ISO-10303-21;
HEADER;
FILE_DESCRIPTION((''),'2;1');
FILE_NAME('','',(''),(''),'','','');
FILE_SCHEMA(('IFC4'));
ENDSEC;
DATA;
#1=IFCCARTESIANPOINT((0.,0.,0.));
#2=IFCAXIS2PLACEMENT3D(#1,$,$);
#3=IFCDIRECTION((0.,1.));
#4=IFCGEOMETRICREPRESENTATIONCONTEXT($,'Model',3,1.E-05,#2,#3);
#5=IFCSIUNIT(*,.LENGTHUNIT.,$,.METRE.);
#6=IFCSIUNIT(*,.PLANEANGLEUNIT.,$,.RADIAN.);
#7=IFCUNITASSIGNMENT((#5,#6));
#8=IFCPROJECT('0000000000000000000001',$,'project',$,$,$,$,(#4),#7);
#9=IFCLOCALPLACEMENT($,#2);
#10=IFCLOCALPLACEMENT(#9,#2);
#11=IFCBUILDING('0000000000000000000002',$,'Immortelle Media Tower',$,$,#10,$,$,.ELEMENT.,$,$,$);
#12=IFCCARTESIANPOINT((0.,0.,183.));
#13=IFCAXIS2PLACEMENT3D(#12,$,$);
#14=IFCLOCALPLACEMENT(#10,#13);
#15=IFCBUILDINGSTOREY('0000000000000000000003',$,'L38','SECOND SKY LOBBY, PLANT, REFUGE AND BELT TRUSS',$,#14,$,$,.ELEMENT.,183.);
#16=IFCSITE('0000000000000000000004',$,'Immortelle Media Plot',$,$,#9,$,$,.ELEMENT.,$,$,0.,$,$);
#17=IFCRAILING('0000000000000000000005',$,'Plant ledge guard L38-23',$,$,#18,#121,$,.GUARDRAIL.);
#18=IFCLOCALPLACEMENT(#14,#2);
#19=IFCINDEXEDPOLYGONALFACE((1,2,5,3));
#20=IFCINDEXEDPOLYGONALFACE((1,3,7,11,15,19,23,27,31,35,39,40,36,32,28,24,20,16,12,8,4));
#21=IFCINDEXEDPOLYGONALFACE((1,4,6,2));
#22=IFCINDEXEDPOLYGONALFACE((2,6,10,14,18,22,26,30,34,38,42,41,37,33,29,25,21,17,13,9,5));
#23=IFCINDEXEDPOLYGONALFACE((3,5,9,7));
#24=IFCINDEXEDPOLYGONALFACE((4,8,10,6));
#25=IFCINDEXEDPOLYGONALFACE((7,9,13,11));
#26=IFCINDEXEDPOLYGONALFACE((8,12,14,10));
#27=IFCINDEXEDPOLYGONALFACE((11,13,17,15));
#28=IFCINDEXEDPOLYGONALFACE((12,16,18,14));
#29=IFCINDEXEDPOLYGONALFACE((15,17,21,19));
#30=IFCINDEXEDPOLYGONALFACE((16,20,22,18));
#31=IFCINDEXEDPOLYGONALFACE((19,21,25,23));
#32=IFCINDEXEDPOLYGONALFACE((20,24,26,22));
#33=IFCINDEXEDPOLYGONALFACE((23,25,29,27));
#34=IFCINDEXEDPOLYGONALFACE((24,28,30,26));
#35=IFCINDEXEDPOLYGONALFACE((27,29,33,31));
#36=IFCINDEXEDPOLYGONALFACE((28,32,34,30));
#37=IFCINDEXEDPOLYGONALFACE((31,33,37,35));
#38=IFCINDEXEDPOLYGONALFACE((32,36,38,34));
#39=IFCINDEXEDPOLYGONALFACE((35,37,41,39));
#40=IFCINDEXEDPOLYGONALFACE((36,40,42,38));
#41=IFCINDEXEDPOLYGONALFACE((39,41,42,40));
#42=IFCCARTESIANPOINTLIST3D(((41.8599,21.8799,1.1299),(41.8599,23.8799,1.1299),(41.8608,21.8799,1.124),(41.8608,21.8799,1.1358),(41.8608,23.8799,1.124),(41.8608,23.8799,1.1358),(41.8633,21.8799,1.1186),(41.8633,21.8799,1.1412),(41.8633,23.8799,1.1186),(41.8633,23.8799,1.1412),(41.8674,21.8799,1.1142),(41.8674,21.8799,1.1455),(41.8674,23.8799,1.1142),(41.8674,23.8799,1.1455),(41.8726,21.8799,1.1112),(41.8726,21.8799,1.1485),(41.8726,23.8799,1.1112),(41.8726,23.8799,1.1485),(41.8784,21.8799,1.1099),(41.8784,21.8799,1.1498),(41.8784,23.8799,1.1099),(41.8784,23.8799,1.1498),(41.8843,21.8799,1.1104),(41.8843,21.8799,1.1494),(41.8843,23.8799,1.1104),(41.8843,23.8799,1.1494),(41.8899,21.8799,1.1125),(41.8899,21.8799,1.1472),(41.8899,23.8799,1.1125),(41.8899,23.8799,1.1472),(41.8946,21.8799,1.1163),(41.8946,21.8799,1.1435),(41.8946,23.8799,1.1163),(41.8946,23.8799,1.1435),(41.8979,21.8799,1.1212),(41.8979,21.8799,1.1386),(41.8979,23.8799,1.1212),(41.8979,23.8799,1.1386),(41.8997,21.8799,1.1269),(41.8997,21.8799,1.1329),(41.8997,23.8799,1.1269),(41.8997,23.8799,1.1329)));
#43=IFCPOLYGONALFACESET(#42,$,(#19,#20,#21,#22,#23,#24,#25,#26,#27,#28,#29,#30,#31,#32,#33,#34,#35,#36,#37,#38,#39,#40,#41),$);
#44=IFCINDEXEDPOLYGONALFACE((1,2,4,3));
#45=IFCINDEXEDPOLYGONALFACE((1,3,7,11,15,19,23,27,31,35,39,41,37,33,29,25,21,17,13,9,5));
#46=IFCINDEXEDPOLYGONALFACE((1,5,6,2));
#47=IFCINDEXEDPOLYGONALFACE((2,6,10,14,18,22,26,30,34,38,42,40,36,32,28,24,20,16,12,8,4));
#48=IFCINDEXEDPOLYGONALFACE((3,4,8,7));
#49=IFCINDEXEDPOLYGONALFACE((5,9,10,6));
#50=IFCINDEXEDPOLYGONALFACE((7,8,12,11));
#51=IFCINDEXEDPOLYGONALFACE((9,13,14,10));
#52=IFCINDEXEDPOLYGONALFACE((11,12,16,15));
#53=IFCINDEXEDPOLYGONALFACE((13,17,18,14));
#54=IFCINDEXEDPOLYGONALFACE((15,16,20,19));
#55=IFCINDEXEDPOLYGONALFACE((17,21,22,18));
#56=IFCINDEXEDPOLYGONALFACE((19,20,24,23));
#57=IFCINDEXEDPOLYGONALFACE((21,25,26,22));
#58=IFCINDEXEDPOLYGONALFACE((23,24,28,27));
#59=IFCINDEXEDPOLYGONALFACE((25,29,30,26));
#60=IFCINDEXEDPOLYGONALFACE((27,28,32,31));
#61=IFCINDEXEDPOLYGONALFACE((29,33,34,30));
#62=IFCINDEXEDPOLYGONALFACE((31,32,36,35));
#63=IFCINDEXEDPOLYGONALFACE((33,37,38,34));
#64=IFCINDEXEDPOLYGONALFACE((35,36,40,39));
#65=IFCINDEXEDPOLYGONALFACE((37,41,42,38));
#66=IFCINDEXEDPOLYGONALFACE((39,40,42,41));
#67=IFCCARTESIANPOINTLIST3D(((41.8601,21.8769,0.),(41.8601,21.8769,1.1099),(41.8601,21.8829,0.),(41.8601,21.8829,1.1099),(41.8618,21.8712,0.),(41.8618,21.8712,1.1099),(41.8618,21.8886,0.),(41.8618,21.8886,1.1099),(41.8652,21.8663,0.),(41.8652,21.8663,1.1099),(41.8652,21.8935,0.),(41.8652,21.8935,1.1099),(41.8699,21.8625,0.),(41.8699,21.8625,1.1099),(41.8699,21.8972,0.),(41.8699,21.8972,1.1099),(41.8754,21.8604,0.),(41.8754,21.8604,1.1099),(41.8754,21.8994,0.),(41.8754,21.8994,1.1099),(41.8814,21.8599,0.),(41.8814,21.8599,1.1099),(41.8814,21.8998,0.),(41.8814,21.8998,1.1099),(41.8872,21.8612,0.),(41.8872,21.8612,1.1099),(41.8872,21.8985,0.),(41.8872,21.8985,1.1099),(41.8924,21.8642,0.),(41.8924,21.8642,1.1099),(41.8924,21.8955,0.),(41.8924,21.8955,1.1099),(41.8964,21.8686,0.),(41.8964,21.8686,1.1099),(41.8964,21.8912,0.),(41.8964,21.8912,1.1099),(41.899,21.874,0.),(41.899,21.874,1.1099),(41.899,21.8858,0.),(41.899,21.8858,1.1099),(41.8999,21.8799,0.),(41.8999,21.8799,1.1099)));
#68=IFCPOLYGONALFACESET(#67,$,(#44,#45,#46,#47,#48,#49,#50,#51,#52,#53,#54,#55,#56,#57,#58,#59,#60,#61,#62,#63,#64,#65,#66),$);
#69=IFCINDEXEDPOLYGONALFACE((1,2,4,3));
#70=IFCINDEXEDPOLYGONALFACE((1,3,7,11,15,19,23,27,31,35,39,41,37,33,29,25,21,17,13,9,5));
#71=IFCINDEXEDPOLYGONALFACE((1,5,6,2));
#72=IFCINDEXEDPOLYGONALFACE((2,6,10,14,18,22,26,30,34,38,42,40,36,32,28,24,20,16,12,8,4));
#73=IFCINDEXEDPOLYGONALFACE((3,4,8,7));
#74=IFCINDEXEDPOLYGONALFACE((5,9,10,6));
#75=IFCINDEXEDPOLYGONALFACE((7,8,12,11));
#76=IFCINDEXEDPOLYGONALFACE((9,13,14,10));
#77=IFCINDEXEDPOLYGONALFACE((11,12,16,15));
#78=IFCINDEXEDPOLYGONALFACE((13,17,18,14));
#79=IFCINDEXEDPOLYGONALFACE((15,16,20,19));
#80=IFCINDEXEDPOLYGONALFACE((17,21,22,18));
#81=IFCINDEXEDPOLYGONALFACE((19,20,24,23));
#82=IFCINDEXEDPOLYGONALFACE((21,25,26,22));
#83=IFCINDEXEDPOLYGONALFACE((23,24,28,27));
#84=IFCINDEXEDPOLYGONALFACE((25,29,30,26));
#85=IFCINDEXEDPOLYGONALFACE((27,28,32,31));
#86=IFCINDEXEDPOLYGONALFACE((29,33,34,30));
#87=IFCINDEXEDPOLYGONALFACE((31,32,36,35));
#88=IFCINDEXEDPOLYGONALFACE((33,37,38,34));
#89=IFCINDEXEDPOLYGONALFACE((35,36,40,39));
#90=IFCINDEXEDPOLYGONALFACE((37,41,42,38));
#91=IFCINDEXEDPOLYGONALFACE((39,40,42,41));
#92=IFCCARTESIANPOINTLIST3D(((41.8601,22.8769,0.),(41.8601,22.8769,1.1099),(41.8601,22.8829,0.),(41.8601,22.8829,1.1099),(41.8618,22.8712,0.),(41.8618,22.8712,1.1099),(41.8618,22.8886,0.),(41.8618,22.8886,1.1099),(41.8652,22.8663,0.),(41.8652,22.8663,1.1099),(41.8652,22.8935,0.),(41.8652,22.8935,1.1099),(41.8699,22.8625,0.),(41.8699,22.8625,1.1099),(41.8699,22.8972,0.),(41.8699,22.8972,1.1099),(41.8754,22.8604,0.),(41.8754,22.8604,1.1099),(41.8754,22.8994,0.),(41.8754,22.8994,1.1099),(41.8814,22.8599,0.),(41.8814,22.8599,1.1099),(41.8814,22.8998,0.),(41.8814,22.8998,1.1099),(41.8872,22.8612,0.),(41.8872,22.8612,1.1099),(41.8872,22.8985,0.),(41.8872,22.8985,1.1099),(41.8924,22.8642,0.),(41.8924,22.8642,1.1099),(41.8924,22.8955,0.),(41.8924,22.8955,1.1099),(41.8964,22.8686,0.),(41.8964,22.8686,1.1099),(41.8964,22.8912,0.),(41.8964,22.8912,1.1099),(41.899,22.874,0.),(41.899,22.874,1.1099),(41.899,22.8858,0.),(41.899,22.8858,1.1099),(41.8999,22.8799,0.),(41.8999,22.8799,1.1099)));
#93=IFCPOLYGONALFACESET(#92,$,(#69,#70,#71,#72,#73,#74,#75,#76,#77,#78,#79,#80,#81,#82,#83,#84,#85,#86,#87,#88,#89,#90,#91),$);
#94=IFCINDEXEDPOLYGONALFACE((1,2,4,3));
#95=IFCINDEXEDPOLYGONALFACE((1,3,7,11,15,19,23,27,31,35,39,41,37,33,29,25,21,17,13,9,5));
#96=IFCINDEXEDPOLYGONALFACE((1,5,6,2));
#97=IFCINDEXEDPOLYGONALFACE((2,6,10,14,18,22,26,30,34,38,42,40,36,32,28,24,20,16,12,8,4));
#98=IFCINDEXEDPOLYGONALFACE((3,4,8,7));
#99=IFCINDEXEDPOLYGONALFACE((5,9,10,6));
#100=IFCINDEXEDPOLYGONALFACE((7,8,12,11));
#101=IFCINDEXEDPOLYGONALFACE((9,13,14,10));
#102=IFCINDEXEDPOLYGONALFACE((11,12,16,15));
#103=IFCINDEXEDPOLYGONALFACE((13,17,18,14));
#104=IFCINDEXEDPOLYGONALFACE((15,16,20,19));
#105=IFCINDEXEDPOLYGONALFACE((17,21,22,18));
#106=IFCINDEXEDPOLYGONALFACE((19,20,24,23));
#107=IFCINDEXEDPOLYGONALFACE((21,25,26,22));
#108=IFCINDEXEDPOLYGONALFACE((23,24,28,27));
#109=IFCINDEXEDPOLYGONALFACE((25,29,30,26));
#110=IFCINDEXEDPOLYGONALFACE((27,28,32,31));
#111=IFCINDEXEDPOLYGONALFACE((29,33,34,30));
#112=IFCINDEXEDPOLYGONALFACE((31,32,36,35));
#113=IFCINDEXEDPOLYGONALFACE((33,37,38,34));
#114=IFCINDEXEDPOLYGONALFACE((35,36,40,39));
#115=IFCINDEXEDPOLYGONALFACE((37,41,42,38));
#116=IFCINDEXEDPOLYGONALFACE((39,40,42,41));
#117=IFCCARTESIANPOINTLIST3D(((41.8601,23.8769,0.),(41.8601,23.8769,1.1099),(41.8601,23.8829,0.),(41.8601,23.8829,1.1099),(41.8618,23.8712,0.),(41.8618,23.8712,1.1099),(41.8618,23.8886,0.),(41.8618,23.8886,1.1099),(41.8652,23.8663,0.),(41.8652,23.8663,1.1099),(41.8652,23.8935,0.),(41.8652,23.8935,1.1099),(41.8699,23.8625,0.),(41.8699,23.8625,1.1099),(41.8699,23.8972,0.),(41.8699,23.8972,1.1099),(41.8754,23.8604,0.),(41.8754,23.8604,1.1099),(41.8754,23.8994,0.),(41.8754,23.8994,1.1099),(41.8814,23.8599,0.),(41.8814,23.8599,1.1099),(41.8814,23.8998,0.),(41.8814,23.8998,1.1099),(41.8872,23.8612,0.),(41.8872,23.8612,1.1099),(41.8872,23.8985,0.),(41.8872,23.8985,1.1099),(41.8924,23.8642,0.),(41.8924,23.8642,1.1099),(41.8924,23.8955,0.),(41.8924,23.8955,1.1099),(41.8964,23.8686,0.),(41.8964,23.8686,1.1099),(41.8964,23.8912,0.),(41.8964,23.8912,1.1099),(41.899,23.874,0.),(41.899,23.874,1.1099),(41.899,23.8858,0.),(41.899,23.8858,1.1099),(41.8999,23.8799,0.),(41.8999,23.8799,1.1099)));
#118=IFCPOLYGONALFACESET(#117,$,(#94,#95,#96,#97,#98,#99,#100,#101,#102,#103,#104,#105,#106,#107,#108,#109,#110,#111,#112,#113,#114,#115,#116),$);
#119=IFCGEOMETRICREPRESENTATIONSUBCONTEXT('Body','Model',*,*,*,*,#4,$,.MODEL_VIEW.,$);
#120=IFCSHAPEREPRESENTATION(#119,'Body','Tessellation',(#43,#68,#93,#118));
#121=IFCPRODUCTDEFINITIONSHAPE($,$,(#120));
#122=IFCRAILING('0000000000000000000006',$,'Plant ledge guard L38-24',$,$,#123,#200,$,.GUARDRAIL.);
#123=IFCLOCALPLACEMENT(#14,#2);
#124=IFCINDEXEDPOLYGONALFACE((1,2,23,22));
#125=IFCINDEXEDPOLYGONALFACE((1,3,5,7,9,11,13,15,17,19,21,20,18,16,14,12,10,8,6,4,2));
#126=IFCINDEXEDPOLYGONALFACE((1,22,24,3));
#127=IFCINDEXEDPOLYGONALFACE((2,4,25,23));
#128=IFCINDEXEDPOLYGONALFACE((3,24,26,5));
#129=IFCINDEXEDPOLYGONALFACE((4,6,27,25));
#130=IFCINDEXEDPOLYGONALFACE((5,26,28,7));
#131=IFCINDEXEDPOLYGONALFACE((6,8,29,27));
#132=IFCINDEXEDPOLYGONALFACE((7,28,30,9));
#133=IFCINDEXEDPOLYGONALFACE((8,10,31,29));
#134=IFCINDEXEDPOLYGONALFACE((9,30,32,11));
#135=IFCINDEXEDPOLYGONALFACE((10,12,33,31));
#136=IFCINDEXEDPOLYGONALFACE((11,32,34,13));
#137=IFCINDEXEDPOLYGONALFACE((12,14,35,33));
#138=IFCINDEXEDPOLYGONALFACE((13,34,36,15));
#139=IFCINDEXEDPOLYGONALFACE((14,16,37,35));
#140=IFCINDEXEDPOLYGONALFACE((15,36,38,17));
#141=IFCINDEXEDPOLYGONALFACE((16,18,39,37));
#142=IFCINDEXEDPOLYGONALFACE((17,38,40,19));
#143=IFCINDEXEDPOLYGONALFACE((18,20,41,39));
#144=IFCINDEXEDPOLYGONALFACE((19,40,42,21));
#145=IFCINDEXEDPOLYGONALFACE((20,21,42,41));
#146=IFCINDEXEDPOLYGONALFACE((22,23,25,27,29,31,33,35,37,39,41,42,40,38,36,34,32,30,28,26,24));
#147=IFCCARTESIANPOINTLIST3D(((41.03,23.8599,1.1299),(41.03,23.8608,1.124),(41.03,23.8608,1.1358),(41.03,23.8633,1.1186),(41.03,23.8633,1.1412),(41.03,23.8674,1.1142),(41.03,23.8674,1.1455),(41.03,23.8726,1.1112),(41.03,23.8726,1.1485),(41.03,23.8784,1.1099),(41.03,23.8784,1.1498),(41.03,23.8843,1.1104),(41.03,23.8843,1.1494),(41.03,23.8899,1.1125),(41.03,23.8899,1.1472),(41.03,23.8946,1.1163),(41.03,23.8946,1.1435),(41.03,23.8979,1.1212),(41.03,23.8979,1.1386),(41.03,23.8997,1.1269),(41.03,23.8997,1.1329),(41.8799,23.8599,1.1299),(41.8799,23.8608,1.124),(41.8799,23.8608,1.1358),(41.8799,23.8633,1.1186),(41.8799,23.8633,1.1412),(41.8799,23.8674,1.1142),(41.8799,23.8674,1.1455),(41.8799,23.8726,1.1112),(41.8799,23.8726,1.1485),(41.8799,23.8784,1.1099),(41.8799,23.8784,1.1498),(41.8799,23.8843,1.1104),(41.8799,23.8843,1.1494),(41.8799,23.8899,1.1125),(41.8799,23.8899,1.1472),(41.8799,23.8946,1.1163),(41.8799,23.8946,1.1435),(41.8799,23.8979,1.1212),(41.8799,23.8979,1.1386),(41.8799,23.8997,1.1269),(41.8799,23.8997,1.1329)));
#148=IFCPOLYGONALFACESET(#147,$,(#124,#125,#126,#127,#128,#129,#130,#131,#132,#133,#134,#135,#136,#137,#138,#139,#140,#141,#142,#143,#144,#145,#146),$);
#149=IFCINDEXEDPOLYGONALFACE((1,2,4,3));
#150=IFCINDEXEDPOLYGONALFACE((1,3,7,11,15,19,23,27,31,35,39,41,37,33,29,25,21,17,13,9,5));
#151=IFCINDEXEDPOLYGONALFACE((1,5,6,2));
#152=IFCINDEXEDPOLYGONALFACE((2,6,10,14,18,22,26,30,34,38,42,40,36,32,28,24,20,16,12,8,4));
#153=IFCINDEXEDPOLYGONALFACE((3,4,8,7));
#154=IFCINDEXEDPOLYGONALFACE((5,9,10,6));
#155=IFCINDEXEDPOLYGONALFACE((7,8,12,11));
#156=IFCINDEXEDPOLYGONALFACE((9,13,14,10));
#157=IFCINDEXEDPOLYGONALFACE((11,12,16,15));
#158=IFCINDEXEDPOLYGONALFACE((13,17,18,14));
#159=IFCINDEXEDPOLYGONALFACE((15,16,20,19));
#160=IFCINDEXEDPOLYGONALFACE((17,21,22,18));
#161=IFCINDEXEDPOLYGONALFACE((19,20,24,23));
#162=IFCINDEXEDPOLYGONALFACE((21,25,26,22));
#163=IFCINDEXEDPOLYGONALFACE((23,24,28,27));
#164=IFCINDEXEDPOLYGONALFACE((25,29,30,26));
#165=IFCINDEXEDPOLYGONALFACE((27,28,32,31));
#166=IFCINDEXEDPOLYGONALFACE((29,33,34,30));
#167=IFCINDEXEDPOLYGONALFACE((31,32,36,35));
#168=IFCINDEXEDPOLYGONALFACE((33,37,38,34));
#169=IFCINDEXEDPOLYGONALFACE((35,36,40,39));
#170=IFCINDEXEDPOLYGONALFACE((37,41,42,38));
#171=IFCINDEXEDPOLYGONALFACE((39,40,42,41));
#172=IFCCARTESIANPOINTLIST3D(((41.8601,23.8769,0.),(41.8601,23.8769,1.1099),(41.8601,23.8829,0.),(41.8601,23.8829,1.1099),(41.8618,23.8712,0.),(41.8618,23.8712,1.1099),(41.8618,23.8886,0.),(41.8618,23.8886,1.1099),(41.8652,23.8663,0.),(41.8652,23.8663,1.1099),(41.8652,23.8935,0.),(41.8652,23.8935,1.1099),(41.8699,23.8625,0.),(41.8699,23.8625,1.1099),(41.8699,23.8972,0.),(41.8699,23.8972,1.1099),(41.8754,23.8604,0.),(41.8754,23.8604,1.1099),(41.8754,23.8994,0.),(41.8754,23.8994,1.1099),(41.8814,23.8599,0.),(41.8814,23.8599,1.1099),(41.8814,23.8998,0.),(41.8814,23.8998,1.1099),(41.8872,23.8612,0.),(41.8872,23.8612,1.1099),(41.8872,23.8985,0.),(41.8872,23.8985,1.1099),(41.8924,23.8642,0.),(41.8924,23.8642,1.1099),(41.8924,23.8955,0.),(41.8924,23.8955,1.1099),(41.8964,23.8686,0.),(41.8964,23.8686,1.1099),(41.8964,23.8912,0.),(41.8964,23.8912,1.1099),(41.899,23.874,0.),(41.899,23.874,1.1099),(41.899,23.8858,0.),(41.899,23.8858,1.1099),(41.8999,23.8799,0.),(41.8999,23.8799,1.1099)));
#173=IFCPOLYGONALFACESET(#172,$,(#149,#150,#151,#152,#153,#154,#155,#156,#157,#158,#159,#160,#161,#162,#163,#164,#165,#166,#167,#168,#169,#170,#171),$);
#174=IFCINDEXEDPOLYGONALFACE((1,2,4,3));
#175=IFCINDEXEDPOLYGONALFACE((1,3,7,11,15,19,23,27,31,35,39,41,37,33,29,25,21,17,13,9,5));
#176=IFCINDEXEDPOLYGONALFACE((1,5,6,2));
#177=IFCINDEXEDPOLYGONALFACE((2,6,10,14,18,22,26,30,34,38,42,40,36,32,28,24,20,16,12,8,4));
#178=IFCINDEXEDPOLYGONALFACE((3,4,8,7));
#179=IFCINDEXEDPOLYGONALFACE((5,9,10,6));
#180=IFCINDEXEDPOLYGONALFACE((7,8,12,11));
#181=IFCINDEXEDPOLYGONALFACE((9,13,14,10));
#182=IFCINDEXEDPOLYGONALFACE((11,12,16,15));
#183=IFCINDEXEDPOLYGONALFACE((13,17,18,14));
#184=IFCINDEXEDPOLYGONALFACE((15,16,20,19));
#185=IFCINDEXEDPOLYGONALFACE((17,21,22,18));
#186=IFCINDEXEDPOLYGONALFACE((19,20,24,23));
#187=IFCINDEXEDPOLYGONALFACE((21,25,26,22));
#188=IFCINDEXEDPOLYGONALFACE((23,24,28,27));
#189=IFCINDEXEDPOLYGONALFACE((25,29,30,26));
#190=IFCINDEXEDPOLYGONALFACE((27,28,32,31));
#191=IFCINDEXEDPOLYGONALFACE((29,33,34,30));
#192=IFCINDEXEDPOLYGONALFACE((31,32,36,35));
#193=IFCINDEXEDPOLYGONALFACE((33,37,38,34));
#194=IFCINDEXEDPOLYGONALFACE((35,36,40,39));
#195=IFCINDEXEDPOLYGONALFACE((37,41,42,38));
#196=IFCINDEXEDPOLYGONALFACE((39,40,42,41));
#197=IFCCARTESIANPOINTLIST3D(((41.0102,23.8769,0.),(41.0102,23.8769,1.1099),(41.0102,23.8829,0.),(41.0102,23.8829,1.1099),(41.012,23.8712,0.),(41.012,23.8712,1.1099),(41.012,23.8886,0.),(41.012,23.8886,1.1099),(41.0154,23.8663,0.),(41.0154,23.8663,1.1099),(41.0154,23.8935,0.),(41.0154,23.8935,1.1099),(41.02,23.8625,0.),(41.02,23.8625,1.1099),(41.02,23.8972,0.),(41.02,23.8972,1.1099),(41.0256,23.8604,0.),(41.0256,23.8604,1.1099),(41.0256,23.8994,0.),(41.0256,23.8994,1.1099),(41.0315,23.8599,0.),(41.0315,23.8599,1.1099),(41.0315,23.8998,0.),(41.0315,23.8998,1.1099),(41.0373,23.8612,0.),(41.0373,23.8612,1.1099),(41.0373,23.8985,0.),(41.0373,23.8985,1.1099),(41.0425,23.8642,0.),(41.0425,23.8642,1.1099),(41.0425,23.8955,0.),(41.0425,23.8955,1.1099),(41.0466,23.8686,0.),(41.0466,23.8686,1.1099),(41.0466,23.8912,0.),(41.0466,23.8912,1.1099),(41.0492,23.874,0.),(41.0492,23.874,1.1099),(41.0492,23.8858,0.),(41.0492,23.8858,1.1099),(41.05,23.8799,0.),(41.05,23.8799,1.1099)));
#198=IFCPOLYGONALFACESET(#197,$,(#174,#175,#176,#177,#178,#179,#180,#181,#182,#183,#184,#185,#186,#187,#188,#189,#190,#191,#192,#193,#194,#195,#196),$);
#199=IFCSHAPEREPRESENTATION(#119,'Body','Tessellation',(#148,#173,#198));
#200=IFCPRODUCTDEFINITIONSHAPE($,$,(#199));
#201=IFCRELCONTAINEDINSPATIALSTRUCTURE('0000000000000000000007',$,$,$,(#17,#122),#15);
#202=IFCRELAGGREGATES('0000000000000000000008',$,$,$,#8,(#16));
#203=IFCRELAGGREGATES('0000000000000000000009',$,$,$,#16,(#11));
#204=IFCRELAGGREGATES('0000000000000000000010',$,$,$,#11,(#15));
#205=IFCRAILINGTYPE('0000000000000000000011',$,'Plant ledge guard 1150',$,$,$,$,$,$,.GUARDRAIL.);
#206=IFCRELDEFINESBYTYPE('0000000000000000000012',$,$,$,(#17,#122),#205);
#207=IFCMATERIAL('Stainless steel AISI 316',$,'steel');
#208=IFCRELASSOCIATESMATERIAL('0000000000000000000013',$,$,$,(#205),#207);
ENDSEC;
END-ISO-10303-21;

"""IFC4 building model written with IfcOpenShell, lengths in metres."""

from ifc_helpers import new_model, si_unit, direction, frame, origin, origin_2d, place, context, subcontext, project, spatial, circle, extrude, material, type_object, element, save


model = new_model("IFC4")

# Units and contexts
model_context = context("Model", 3, precision=1e-05, world=origin(), true_north=direction((0.0, 1.0)))
body_context = subcontext(model_context, "Body", "Model", "MODEL_VIEW")
ifc_project = project(units=[si_unit("LENGTHUNIT", "METRE"), si_unit("PLANEANGLEUNIT", "RADIAN")], contexts=[model_context])

# Site, building, storey
site_placement = place(None, origin())
site = spatial("IfcSite", under=ifc_project, at=site_placement, Name="Immortelle Media Plot", CompositionType="ELEMENT", RefElevation=0.0)
building_placement = place(site_placement, origin())
building = spatial("IfcBuilding", under=site, at=building_placement, Name="Immortelle Media Tower", CompositionType="ELEMENT")
storey_placement = place(building_placement, frame((0.0, 0.0, 183.0)))
storey = spatial("IfcBuildingStorey", under=building, at=storey_placement, Name="L38", Description="SECOND SKY LOBBY, PLANT, REFUGE AND BELT TRUSS", CompositionType="ELEMENT", Elevation=183.0)

# Railings
ifc_material_1 = material(Name="Stainless steel AISI 316", Category="steel")
railing_type = type_object("IfcRailingType", Name="Plant ledge guard 1150", PredefinedType="GUARDRAIL", material=ifc_material_1)
railing_1_placement = place(storey_placement, frame((41.8799, 21.8799, 0.0)))
element("IfcRailing", 1, at=railing_1_placement, inside=storey, type_object=railing_type, Name="Plant ledge guard L38-23", PredefinedType="GUARDRAIL", context=body_context, shape_type="SweptSolid", body=[
    extrude(circle(Radius=0.02, at=origin_2d()), frame((0.0, 0.0, 1.1299), z_axis=(0.0, 1.0, 0.0), x_axis=(-1.0, 0.0, 0.0)), (0.0, 0.0, 1.0), 2.0),
    extrude(circle(Radius=0.02, at=origin_2d()), origin(), (0.0, 0.0, 1.0), 1.1099),
    extrude(circle(Radius=0.02, at=origin_2d()), frame((0.0, 1.0, 0.0)), (0.0, 0.0, 1.0), 1.1099),
    extrude(circle(Radius=0.02, at=origin_2d()), frame((0.0, 2.0, 0.0)), (0.0, 0.0, 1.0), 1.1099),
])
railing_2_placement = place(storey_placement, frame((41.8799, 23.8799, 0.0)))
element("IfcRailing", 2, at=railing_2_placement, inside=storey, type_object=railing_type, Name="Plant ledge guard L38-24", PredefinedType="GUARDRAIL", context=body_context, shape_type="SweptSolid", body=[
    extrude(circle(Radius=0.02, at=origin_2d()), frame((0.0, 0.0, 1.1299), z_axis=(-1.0, 0.0, 0.0), x_axis=(0.0, -1.0, 0.0)), (0.0, 0.0, 1.0), 0.8499),
    extrude(circle(Radius=0.02, at=origin_2d()), origin(), (0.0, 0.0, 1.0), 1.1099),
    extrude(circle(Radius=0.02, at=origin_2d()), frame((-0.8499, 0.0, 0.0)), (0.0, 0.0, 1.0), 1.1099),
])

save(model, "model.ifc")
